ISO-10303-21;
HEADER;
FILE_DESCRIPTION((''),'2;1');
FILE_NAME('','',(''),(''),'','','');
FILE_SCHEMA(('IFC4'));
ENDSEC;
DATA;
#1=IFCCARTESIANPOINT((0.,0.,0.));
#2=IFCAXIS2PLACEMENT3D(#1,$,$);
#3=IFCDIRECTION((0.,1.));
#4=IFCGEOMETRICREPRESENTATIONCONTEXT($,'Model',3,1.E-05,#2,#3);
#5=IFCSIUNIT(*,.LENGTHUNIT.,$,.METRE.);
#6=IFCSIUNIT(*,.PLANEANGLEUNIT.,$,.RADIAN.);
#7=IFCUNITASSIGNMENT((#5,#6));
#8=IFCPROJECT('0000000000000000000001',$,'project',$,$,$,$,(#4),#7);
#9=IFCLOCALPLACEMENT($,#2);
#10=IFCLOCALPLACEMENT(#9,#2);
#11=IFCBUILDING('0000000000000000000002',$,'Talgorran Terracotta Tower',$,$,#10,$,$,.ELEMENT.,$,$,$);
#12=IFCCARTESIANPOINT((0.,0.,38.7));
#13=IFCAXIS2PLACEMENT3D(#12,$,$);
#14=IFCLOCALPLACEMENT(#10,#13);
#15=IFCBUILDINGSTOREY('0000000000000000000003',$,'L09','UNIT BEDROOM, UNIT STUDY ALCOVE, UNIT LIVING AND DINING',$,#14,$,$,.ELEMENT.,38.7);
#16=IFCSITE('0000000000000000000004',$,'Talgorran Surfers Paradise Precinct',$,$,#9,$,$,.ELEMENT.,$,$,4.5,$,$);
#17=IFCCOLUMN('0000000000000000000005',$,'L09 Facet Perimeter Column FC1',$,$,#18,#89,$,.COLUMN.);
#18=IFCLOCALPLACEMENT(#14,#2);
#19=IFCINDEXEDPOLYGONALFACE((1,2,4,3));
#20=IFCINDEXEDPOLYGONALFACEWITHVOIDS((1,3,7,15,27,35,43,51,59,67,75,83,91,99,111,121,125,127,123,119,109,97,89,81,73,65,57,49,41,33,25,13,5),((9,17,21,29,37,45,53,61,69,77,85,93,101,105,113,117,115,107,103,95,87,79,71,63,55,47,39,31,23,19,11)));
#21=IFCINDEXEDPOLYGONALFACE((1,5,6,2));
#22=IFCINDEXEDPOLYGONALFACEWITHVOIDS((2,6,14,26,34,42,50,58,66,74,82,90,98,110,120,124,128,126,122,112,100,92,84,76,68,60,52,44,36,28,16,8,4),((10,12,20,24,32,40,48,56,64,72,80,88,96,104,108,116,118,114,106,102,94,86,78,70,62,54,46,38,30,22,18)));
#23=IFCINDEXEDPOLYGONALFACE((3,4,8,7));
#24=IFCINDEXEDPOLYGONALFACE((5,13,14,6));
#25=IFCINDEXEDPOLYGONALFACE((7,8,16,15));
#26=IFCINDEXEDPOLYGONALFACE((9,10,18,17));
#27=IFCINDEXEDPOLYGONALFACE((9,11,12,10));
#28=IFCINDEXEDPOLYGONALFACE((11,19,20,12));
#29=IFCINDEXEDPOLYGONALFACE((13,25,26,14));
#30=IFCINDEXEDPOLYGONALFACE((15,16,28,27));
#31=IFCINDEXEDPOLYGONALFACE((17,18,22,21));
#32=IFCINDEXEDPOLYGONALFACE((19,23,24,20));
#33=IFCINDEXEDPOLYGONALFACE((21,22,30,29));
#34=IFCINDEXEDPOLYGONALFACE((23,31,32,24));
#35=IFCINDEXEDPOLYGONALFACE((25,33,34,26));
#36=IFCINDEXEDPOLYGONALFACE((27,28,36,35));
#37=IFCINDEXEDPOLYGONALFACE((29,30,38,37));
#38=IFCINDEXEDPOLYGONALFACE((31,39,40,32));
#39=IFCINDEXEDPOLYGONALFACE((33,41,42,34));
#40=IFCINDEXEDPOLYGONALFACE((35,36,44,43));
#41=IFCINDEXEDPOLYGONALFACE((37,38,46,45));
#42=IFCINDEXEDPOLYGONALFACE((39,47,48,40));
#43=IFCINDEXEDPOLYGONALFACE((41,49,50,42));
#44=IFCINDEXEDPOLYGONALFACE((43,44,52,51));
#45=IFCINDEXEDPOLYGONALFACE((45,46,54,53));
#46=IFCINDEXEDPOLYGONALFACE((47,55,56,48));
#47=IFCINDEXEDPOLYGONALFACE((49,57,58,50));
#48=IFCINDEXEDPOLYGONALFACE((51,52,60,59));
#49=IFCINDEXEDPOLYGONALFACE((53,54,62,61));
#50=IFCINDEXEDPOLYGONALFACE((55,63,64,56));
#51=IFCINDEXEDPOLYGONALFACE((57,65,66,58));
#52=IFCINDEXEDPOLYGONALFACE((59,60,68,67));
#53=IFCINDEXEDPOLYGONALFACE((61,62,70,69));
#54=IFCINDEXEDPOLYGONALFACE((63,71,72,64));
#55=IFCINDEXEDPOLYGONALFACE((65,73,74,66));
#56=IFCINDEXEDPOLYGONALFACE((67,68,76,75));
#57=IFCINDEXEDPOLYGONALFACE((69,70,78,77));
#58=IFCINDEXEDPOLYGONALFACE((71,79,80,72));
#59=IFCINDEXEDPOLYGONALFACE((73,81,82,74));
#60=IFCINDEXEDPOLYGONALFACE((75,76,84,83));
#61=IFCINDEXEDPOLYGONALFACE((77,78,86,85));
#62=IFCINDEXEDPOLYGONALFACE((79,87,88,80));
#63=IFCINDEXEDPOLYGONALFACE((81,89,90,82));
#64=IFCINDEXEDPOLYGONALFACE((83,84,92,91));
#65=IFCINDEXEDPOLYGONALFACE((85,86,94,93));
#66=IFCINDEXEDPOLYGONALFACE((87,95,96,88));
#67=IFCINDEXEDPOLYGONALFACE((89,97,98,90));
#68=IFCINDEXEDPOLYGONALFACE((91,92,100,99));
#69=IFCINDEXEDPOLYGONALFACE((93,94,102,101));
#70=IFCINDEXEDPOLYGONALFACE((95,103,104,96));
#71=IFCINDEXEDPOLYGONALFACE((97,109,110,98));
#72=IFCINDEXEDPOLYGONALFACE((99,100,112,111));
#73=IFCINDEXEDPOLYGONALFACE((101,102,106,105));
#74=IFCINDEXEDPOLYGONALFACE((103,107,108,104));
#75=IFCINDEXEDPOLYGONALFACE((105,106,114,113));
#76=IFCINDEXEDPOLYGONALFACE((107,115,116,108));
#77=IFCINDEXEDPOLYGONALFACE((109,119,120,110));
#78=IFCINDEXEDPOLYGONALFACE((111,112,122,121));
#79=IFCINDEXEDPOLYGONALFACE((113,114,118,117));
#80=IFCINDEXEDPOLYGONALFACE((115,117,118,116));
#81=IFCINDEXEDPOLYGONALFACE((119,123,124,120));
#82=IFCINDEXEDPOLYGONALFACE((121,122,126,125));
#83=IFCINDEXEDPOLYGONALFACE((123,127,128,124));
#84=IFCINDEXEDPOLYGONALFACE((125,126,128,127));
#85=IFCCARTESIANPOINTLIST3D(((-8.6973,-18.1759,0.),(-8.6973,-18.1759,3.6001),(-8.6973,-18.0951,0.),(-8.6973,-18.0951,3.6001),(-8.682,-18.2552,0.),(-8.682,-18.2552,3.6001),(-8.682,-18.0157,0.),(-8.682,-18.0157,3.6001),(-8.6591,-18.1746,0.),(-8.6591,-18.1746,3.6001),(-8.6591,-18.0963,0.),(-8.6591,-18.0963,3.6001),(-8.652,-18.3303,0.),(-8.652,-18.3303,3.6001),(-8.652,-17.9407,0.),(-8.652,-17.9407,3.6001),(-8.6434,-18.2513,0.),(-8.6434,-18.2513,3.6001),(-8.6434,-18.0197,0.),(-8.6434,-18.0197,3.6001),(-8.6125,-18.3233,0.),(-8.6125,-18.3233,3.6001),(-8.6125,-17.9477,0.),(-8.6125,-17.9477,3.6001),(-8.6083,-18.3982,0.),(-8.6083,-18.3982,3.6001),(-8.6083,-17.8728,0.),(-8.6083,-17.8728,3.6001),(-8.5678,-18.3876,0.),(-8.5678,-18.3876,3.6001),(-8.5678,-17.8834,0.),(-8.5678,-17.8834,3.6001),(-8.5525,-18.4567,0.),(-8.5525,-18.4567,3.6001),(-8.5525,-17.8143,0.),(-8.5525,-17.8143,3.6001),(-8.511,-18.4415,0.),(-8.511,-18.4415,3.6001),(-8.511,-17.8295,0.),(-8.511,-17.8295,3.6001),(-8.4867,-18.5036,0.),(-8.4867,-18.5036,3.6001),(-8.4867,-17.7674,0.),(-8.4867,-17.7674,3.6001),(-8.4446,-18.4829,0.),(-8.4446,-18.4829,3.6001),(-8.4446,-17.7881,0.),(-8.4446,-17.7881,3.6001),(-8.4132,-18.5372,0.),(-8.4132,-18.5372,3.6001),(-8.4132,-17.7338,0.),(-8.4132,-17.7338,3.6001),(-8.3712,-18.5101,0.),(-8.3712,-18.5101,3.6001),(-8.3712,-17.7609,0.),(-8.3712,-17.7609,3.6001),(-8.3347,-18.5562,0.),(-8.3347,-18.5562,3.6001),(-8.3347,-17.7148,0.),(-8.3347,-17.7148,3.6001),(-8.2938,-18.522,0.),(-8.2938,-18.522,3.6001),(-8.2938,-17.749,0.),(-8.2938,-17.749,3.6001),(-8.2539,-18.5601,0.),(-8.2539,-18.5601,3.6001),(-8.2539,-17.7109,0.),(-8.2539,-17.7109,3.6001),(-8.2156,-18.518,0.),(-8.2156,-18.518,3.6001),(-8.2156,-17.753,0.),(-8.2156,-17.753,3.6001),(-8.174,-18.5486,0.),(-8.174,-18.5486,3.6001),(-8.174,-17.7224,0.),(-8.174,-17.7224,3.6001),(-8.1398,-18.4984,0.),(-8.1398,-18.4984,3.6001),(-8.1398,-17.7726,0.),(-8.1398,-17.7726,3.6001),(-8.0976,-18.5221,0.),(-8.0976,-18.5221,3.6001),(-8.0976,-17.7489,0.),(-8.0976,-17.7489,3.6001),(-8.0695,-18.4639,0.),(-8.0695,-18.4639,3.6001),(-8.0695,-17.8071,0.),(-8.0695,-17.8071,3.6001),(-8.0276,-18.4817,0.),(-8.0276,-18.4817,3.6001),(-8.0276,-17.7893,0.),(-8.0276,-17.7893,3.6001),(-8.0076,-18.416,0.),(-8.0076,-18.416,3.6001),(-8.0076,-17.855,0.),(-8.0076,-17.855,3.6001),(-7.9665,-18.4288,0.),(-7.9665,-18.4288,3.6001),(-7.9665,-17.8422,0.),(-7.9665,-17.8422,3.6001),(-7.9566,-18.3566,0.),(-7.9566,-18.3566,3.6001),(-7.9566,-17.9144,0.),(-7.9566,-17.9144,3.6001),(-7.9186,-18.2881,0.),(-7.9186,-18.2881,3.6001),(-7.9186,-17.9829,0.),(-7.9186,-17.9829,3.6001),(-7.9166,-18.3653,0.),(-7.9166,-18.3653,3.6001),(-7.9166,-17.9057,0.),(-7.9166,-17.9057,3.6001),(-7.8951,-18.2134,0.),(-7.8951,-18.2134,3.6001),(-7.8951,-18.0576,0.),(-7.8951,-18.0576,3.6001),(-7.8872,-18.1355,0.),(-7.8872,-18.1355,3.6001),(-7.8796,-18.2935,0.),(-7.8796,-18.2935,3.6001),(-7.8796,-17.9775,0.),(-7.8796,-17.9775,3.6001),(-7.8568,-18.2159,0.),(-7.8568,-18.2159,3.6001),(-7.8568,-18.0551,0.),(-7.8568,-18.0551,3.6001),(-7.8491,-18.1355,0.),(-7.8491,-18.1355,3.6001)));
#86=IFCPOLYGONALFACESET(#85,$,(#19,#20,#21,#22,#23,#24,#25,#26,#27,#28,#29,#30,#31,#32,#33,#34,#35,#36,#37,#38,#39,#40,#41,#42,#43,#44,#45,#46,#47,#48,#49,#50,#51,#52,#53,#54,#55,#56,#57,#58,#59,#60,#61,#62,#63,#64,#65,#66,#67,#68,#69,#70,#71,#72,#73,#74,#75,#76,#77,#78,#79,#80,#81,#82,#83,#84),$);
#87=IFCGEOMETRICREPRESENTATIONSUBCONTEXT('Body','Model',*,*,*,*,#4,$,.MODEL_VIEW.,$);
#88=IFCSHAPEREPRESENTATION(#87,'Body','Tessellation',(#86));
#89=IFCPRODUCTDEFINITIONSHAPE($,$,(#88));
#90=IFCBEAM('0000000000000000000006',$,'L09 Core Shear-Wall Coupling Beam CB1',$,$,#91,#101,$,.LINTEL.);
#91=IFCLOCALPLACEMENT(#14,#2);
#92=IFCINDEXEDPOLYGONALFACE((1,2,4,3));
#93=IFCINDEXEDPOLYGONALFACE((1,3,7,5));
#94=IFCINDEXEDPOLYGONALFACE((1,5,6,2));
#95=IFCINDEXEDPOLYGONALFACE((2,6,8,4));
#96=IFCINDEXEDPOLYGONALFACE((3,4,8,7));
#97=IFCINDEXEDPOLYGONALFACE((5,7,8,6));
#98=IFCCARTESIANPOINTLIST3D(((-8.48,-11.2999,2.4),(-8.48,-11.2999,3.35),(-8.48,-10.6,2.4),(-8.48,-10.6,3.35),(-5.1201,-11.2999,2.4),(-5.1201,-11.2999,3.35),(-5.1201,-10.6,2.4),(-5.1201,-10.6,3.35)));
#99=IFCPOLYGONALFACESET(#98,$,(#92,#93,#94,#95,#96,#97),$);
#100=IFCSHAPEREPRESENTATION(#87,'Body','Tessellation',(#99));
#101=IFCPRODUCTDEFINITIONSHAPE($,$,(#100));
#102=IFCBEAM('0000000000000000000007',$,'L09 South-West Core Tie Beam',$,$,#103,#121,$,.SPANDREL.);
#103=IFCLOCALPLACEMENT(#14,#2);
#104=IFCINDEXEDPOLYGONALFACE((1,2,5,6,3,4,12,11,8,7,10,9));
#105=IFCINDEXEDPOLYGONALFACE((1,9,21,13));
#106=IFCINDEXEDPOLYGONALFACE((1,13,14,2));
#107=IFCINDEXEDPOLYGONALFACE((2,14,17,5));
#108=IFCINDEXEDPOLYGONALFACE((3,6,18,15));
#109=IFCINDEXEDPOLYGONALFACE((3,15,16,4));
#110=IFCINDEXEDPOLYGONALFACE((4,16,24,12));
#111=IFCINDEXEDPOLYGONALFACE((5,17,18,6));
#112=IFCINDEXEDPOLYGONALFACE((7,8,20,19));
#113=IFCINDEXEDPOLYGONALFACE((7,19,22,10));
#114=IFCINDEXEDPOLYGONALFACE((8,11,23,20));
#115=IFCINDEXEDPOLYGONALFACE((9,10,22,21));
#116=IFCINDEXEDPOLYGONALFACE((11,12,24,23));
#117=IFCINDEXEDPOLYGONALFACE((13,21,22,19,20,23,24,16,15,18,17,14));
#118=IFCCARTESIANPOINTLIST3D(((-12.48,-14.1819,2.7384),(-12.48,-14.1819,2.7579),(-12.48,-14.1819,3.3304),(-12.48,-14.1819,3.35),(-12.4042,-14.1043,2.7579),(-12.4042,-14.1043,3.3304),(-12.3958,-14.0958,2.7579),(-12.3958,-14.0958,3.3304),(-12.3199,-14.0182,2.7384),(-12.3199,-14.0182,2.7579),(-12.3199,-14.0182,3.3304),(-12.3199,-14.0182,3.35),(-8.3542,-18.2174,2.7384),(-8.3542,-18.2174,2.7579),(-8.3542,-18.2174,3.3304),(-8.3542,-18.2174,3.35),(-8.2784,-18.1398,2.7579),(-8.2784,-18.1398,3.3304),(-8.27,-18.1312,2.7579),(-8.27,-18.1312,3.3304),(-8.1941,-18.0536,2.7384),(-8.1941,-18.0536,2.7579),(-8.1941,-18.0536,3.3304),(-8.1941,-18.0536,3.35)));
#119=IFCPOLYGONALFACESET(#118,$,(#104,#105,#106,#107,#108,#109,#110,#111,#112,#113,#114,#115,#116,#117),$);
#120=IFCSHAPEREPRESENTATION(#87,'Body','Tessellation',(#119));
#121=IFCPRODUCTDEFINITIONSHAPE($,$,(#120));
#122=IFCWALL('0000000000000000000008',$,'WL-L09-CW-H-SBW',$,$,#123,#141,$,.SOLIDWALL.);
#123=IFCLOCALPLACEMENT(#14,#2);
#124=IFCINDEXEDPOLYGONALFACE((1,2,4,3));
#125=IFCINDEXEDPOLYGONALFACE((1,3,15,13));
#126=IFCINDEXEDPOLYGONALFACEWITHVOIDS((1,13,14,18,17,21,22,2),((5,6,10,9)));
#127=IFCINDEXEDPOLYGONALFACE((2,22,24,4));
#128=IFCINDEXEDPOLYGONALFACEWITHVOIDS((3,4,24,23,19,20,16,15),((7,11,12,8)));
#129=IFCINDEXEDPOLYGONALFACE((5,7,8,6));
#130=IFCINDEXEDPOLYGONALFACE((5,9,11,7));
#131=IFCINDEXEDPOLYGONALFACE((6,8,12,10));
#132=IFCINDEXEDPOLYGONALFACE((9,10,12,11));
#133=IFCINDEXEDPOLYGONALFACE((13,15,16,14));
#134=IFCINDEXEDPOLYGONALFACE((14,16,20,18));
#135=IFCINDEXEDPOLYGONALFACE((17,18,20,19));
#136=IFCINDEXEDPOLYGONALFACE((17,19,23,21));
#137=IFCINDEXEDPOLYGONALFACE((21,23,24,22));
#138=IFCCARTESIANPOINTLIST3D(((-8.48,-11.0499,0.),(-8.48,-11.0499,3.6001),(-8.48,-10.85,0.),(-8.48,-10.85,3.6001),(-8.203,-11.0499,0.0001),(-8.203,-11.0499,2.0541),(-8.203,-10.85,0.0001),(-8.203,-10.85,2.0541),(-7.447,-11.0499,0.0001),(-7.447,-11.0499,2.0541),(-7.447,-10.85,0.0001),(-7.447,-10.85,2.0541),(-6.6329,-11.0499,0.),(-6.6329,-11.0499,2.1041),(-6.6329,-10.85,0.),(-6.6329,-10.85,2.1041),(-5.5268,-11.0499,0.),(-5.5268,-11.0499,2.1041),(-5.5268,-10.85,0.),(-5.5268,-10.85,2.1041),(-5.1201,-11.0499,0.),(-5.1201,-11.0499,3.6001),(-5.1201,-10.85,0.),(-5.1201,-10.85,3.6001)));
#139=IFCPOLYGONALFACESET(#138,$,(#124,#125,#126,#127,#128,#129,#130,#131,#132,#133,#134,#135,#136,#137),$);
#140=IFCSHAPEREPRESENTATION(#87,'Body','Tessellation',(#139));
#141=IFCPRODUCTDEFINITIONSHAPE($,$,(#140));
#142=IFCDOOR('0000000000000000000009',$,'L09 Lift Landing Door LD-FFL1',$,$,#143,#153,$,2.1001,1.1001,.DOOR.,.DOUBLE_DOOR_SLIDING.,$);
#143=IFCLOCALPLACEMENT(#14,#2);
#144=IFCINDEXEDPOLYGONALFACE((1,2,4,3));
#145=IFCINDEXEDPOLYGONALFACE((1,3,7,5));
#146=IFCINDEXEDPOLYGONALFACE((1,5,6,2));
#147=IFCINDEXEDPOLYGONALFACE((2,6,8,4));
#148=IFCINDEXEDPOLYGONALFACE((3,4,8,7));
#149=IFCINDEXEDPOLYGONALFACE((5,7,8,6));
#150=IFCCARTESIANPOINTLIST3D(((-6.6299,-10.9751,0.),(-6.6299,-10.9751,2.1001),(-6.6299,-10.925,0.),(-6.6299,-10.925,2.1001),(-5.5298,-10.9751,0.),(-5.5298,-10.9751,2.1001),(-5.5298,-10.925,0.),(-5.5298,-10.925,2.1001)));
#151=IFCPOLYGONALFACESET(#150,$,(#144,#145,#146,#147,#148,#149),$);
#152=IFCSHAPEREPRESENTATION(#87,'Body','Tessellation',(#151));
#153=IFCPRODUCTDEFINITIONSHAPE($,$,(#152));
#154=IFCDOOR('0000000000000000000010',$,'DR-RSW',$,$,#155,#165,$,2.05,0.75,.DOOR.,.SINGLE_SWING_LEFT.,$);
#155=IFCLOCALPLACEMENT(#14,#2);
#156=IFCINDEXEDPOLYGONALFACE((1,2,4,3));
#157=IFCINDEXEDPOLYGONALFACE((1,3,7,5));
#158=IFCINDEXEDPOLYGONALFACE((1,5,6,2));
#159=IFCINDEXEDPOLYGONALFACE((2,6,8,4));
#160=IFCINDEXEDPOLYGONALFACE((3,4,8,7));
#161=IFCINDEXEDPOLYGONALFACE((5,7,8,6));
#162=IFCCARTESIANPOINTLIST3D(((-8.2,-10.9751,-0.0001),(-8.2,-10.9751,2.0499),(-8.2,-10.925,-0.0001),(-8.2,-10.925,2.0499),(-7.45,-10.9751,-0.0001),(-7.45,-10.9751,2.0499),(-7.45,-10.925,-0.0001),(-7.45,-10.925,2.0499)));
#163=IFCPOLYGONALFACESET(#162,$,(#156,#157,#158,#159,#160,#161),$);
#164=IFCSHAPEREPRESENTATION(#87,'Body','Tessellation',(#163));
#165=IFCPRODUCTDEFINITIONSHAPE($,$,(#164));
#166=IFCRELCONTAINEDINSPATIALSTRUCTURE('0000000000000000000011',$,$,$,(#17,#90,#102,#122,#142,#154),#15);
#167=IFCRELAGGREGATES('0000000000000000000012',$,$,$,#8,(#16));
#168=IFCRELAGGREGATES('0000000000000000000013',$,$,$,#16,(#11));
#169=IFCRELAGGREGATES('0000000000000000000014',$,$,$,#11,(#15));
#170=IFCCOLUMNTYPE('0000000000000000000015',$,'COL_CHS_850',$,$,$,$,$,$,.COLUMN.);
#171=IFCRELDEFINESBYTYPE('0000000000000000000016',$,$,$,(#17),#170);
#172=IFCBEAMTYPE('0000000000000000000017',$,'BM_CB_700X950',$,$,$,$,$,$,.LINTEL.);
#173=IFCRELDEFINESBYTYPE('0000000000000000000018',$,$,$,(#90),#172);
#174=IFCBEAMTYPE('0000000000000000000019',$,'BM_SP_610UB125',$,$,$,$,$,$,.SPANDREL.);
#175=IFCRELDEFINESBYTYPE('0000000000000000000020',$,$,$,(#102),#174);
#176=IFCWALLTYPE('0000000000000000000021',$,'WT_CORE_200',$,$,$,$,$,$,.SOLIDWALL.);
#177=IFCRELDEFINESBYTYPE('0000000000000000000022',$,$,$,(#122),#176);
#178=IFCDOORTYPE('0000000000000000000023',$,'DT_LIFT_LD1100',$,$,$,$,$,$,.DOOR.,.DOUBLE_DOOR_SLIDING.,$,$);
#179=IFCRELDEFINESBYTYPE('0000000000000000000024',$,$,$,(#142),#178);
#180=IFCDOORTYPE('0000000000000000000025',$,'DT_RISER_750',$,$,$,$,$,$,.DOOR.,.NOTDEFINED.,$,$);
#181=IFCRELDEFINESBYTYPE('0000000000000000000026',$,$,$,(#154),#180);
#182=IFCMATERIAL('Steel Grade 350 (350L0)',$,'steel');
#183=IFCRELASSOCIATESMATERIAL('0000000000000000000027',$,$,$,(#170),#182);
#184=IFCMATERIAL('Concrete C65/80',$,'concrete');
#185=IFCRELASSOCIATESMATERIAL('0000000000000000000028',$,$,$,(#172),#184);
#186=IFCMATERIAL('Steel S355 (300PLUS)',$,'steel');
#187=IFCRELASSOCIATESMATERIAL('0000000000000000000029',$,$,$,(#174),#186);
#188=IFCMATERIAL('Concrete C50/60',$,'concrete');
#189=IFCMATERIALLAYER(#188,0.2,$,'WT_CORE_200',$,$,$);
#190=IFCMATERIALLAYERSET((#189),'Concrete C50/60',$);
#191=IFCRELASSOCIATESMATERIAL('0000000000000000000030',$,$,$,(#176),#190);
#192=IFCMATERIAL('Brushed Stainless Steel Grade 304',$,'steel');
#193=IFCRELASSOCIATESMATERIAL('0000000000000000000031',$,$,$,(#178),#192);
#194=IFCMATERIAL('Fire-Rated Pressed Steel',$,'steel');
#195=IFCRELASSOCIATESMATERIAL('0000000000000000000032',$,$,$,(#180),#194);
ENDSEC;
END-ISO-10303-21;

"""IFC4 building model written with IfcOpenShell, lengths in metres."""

from ifc_helpers import new_model, si_unit, direction, frame, frame_2d, origin, origin_2d, place, context, subcontext, project, spatial, rectangle, hollow_circle, i_section, extrude, material, layer, layer_set, material_profile, profile_set, type_object, element, fill, save


model = new_model("IFC4")

# Units and contexts
model_context = context("Model", 3, precision=1e-05, world=origin(), true_north=direction((0.0, 1.0)))
body_context = subcontext(model_context, "Body", "Model", "MODEL_VIEW")
ifc_project = project(units=[si_unit("LENGTHUNIT", "METRE"), si_unit("PLANEANGLEUNIT", "RADIAN")], contexts=[model_context])

# Site, building, storey
site_placement = place(None, origin())
site = spatial("IfcSite", under=ifc_project, at=site_placement, Name="Talgorran Surfers Paradise Precinct", CompositionType="ELEMENT", RefElevation=4.5)
building_placement = place(site_placement, origin())
building = spatial("IfcBuilding", under=site, at=building_placement, Name="Talgorran Terracotta Tower", CompositionType="ELEMENT")
storey_placement = place(building_placement, frame((0.0, 0.0, 38.7)))
storey = spatial("IfcBuildingStorey", under=building, at=storey_placement, Name="L09", Description="UNIT BEDROOM, UNIT STUDY ALCOVE, UNIT LIVING AND DINING", CompositionType="ELEMENT", Elevation=38.7)

# Column
ifc_material_1 = material(Name="Steel Grade 350 (350L0)", Category="steel")
ifc_material_profile_1 = material_profile(ifc_material_1, hollow_circle(Radius=0.425, WallThickness=0.0381, at=origin_2d()), Name="CHS850X38")
ifc_profile_set_1 = profile_set([ifc_material_profile_1], Name="Steel Grade 350 (350L0)")
column_type = type_object("IfcColumnType", Name="COL_CHS_850", PredefinedType="COLUMN", material=ifc_profile_set_1)
column_placement = place(storey_placement, frame((-8.2742, -18.1355, 0.0), z_axis=(0.0, 0.0, 1.0), x_axis=(1.0, 0.0, 0.0)))
element("IfcColumn", 1, at=column_placement, inside=storey, type_object=column_type, Name="L09 Facet Perimeter Column FC1", PredefinedType="COLUMN", context=body_context, shape_type="SweptSolid", body=[
    extrude(hollow_circle(Radius=0.425, WallThickness=0.0381, at=origin_2d()), origin(), (0.0, 0.0, 1.0), 3.6001),
])

# Beams
ifc_material_2 = material(Name="Concrete C65/80", Category="concrete")
ifc_material_profile_2 = material_profile(ifc_material_2, rectangle(XDim=0.7, YDim=0.95, at=origin_2d()), Name="RCCB700X950")
ifc_profile_set_2 = profile_set([ifc_material_profile_2], Name="Concrete C65/80")
beam_type_1 = type_object("IfcBeamType", Name="BM_CB_700X950", PredefinedType="LINTEL", material=ifc_profile_set_2)
beam_1_placement = place(storey_placement, frame((-8.48, -10.95, 2.875), z_axis=(1.0, 0.0, 0.0), x_axis=(0.0, 1.0, 0.0)))
element("IfcBeam", 2, at=beam_1_placement, inside=storey, type_object=beam_type_1, Name="L09 Core Shear-Wall Coupling Beam CB1", PredefinedType="LINTEL", context=body_context, shape_type="SweptSolid", body=[
    extrude(rectangle(XDim=0.7, YDim=0.95, at=origin_2d()), origin(), (0.0, 0.0, 1.0), 3.3599),
])
ifc_material_3 = material(Name="Steel S355 (300PLUS)", Category="steel")
ifc_material_profile_3 = material_profile(ifc_material_3, i_section(OverallWidth=0.229, OverallDepth=0.6116, WebThickness=0.012, FlangeThickness=0.0195, at=origin_2d()), Name="610UB125")
ifc_profile_set_3 = profile_set([ifc_material_profile_3], Name="Steel S355 (300PLUS)")
beam_type_2 = type_object("IfcBeamType", Name="BM_SP_610UB125", PredefinedType="SPANDREL", material=ifc_profile_set_3)
beam_2_placement = place(storey_placement, frame((-8.2742, -18.1355, 3.0442), z_axis=(-0.71489, 0.699237, 0.0), x_axis=(-0.699237, -0.71489, 0.0)))
element("IfcBeam", 3, at=beam_2_placement, inside=storey, type_object=beam_type_2, Name="L09 South-West Core Tie Beam", PredefinedType="SPANDREL", context=body_context, shape_type="SweptSolid", body=[
    extrude(i_section(OverallWidth=0.229, OverallDepth=0.6116, WebThickness=0.012, FlangeThickness=0.0195, at=origin_2d()), origin(), (0.0, 0.0, 1.0), 5.7712),
])

# Wall, openings, doors
ifc_material_4 = material(Name="Concrete C50/60", Category="concrete")
ifc_layer_1 = layer(ifc_material_4, 0.2, Name="WT_CORE_200")
ifc_layer_set_1 = layer_set([ifc_layer_1], Name="Concrete C50/60")
wall_type_1 = type_object("IfcWallType", Name="WT_CORE_200", PredefinedType="SOLIDWALL", material=ifc_layer_set_1)
wall_1_placement = place(storey_placement, frame((-8.48, -10.95, 0.0), z_axis=(0.0, 0.0, 1.0), x_axis=(1.0, 0.0, 0.0)))
wall_1 = element("IfcWall", 4, at=wall_1_placement, inside=storey, type_object=wall_type_1, Name="WL-L09-CW-H-SBW", PredefinedType="SOLIDWALL", context=body_context, shape_type="SweptSolid", body=[
    extrude(rectangle(XDim=3.3599, YDim=0.2, at=frame_2d((1.6799, 0.0))), origin(), (0.0, 0.0, 1.0), 3.6001),
])
opening_1_placement = place(wall_1_placement, frame((0.28, 0.0, 0.0)))
opening_1 = element("IfcOpeningElement", 5, at=opening_1_placement, cuts=wall_1, PredefinedType="OPENING", context=body_context, shape_type="SweptSolid", body=[
    extrude(rectangle(XDim=0.756, YDim=2.054, at=frame_2d((0.375, 1.0271))), frame((0.0, 0.1099, 0.0), z_axis=(0.0, -1.0, 0.0), x_axis=(1.0, 0.0, 0.0)), (0.0, 0.0, 1.0), 0.22),
])
opening_2_placement = place(wall_1_placement, frame((1.8501, 0.0, 0.0)))
opening_2 = element("IfcOpeningElement", 6, at=opening_2_placement, cuts=wall_1, PredefinedType="OPENING", context=body_context, shape_type="SweptSolid", body=[
    extrude(rectangle(XDim=1.1061, YDim=2.1041, at=frame_2d((0.55, 1.052))), frame((0.0, 0.1099, 0.0), z_axis=(0.0, -1.0, 0.0), x_axis=(1.0, 0.0, 0.0)), (0.0, 0.0, 1.0), 0.22),
])
ifc_material_5 = material(Name="Brushed Stainless Steel Grade 304", Category="steel")
door_type_1 = type_object("IfcDoorType", Name="DT_LIFT_LD1100", OperationType="DOUBLE_DOOR_SLIDING", PredefinedType="DOOR", material=ifc_material_5)
door_1_placement = place(opening_2_placement, origin())
door_1 = element("IfcDoor", 7, at=door_1_placement, inside=storey, type_object=door_type_1, Name="L09 Lift Landing Door LD-FFL1", OperationType="DOUBLE_DOOR_SLIDING", OverallHeight=2.1001, OverallWidth=1.1001, PredefinedType="DOOR", context=body_context, shape_type="SweptSolid", body=[
    extrude(rectangle(XDim=1.1001, YDim=2.1001, at=frame_2d((0.55, 1.05))), frame((0.0, 0.0249, 0.0), z_axis=(0.0, -1.0, 0.0), x_axis=(1.0, 0.0, 0.0)), (0.0, 0.0, 1.0), 0.05),
])
fill(opening_2, door_1)
ifc_material_6 = material(Name="Fire-Rated Pressed Steel", Category="steel")
door_type_2 = type_object("IfcDoorType", Name="DT_RISER_750", OperationType="NOTDEFINED", PredefinedType="DOOR", material=ifc_material_6)
door_2_placement = place(opening_1_placement, origin())
door_2 = element("IfcDoor", 8, at=door_2_placement, inside=storey, type_object=door_type_2, Name="DR-RSW", OperationType="SINGLE_SWING_LEFT", OverallHeight=2.05, OverallWidth=0.75, PredefinedType="DOOR", context=body_context, shape_type="SweptSolid", body=[
    extrude(rectangle(XDim=0.75, YDim=2.05, at=frame_2d((0.375, 1.0249))), frame((0.0, 0.0249, 0.0), z_axis=(0.0, -1.0, 0.0), x_axis=(1.0, 0.0, 0.0)), (0.0, 0.0, 1.0), 0.05),
])
fill(opening_1, door_2)

save(model, "model.ifc")
